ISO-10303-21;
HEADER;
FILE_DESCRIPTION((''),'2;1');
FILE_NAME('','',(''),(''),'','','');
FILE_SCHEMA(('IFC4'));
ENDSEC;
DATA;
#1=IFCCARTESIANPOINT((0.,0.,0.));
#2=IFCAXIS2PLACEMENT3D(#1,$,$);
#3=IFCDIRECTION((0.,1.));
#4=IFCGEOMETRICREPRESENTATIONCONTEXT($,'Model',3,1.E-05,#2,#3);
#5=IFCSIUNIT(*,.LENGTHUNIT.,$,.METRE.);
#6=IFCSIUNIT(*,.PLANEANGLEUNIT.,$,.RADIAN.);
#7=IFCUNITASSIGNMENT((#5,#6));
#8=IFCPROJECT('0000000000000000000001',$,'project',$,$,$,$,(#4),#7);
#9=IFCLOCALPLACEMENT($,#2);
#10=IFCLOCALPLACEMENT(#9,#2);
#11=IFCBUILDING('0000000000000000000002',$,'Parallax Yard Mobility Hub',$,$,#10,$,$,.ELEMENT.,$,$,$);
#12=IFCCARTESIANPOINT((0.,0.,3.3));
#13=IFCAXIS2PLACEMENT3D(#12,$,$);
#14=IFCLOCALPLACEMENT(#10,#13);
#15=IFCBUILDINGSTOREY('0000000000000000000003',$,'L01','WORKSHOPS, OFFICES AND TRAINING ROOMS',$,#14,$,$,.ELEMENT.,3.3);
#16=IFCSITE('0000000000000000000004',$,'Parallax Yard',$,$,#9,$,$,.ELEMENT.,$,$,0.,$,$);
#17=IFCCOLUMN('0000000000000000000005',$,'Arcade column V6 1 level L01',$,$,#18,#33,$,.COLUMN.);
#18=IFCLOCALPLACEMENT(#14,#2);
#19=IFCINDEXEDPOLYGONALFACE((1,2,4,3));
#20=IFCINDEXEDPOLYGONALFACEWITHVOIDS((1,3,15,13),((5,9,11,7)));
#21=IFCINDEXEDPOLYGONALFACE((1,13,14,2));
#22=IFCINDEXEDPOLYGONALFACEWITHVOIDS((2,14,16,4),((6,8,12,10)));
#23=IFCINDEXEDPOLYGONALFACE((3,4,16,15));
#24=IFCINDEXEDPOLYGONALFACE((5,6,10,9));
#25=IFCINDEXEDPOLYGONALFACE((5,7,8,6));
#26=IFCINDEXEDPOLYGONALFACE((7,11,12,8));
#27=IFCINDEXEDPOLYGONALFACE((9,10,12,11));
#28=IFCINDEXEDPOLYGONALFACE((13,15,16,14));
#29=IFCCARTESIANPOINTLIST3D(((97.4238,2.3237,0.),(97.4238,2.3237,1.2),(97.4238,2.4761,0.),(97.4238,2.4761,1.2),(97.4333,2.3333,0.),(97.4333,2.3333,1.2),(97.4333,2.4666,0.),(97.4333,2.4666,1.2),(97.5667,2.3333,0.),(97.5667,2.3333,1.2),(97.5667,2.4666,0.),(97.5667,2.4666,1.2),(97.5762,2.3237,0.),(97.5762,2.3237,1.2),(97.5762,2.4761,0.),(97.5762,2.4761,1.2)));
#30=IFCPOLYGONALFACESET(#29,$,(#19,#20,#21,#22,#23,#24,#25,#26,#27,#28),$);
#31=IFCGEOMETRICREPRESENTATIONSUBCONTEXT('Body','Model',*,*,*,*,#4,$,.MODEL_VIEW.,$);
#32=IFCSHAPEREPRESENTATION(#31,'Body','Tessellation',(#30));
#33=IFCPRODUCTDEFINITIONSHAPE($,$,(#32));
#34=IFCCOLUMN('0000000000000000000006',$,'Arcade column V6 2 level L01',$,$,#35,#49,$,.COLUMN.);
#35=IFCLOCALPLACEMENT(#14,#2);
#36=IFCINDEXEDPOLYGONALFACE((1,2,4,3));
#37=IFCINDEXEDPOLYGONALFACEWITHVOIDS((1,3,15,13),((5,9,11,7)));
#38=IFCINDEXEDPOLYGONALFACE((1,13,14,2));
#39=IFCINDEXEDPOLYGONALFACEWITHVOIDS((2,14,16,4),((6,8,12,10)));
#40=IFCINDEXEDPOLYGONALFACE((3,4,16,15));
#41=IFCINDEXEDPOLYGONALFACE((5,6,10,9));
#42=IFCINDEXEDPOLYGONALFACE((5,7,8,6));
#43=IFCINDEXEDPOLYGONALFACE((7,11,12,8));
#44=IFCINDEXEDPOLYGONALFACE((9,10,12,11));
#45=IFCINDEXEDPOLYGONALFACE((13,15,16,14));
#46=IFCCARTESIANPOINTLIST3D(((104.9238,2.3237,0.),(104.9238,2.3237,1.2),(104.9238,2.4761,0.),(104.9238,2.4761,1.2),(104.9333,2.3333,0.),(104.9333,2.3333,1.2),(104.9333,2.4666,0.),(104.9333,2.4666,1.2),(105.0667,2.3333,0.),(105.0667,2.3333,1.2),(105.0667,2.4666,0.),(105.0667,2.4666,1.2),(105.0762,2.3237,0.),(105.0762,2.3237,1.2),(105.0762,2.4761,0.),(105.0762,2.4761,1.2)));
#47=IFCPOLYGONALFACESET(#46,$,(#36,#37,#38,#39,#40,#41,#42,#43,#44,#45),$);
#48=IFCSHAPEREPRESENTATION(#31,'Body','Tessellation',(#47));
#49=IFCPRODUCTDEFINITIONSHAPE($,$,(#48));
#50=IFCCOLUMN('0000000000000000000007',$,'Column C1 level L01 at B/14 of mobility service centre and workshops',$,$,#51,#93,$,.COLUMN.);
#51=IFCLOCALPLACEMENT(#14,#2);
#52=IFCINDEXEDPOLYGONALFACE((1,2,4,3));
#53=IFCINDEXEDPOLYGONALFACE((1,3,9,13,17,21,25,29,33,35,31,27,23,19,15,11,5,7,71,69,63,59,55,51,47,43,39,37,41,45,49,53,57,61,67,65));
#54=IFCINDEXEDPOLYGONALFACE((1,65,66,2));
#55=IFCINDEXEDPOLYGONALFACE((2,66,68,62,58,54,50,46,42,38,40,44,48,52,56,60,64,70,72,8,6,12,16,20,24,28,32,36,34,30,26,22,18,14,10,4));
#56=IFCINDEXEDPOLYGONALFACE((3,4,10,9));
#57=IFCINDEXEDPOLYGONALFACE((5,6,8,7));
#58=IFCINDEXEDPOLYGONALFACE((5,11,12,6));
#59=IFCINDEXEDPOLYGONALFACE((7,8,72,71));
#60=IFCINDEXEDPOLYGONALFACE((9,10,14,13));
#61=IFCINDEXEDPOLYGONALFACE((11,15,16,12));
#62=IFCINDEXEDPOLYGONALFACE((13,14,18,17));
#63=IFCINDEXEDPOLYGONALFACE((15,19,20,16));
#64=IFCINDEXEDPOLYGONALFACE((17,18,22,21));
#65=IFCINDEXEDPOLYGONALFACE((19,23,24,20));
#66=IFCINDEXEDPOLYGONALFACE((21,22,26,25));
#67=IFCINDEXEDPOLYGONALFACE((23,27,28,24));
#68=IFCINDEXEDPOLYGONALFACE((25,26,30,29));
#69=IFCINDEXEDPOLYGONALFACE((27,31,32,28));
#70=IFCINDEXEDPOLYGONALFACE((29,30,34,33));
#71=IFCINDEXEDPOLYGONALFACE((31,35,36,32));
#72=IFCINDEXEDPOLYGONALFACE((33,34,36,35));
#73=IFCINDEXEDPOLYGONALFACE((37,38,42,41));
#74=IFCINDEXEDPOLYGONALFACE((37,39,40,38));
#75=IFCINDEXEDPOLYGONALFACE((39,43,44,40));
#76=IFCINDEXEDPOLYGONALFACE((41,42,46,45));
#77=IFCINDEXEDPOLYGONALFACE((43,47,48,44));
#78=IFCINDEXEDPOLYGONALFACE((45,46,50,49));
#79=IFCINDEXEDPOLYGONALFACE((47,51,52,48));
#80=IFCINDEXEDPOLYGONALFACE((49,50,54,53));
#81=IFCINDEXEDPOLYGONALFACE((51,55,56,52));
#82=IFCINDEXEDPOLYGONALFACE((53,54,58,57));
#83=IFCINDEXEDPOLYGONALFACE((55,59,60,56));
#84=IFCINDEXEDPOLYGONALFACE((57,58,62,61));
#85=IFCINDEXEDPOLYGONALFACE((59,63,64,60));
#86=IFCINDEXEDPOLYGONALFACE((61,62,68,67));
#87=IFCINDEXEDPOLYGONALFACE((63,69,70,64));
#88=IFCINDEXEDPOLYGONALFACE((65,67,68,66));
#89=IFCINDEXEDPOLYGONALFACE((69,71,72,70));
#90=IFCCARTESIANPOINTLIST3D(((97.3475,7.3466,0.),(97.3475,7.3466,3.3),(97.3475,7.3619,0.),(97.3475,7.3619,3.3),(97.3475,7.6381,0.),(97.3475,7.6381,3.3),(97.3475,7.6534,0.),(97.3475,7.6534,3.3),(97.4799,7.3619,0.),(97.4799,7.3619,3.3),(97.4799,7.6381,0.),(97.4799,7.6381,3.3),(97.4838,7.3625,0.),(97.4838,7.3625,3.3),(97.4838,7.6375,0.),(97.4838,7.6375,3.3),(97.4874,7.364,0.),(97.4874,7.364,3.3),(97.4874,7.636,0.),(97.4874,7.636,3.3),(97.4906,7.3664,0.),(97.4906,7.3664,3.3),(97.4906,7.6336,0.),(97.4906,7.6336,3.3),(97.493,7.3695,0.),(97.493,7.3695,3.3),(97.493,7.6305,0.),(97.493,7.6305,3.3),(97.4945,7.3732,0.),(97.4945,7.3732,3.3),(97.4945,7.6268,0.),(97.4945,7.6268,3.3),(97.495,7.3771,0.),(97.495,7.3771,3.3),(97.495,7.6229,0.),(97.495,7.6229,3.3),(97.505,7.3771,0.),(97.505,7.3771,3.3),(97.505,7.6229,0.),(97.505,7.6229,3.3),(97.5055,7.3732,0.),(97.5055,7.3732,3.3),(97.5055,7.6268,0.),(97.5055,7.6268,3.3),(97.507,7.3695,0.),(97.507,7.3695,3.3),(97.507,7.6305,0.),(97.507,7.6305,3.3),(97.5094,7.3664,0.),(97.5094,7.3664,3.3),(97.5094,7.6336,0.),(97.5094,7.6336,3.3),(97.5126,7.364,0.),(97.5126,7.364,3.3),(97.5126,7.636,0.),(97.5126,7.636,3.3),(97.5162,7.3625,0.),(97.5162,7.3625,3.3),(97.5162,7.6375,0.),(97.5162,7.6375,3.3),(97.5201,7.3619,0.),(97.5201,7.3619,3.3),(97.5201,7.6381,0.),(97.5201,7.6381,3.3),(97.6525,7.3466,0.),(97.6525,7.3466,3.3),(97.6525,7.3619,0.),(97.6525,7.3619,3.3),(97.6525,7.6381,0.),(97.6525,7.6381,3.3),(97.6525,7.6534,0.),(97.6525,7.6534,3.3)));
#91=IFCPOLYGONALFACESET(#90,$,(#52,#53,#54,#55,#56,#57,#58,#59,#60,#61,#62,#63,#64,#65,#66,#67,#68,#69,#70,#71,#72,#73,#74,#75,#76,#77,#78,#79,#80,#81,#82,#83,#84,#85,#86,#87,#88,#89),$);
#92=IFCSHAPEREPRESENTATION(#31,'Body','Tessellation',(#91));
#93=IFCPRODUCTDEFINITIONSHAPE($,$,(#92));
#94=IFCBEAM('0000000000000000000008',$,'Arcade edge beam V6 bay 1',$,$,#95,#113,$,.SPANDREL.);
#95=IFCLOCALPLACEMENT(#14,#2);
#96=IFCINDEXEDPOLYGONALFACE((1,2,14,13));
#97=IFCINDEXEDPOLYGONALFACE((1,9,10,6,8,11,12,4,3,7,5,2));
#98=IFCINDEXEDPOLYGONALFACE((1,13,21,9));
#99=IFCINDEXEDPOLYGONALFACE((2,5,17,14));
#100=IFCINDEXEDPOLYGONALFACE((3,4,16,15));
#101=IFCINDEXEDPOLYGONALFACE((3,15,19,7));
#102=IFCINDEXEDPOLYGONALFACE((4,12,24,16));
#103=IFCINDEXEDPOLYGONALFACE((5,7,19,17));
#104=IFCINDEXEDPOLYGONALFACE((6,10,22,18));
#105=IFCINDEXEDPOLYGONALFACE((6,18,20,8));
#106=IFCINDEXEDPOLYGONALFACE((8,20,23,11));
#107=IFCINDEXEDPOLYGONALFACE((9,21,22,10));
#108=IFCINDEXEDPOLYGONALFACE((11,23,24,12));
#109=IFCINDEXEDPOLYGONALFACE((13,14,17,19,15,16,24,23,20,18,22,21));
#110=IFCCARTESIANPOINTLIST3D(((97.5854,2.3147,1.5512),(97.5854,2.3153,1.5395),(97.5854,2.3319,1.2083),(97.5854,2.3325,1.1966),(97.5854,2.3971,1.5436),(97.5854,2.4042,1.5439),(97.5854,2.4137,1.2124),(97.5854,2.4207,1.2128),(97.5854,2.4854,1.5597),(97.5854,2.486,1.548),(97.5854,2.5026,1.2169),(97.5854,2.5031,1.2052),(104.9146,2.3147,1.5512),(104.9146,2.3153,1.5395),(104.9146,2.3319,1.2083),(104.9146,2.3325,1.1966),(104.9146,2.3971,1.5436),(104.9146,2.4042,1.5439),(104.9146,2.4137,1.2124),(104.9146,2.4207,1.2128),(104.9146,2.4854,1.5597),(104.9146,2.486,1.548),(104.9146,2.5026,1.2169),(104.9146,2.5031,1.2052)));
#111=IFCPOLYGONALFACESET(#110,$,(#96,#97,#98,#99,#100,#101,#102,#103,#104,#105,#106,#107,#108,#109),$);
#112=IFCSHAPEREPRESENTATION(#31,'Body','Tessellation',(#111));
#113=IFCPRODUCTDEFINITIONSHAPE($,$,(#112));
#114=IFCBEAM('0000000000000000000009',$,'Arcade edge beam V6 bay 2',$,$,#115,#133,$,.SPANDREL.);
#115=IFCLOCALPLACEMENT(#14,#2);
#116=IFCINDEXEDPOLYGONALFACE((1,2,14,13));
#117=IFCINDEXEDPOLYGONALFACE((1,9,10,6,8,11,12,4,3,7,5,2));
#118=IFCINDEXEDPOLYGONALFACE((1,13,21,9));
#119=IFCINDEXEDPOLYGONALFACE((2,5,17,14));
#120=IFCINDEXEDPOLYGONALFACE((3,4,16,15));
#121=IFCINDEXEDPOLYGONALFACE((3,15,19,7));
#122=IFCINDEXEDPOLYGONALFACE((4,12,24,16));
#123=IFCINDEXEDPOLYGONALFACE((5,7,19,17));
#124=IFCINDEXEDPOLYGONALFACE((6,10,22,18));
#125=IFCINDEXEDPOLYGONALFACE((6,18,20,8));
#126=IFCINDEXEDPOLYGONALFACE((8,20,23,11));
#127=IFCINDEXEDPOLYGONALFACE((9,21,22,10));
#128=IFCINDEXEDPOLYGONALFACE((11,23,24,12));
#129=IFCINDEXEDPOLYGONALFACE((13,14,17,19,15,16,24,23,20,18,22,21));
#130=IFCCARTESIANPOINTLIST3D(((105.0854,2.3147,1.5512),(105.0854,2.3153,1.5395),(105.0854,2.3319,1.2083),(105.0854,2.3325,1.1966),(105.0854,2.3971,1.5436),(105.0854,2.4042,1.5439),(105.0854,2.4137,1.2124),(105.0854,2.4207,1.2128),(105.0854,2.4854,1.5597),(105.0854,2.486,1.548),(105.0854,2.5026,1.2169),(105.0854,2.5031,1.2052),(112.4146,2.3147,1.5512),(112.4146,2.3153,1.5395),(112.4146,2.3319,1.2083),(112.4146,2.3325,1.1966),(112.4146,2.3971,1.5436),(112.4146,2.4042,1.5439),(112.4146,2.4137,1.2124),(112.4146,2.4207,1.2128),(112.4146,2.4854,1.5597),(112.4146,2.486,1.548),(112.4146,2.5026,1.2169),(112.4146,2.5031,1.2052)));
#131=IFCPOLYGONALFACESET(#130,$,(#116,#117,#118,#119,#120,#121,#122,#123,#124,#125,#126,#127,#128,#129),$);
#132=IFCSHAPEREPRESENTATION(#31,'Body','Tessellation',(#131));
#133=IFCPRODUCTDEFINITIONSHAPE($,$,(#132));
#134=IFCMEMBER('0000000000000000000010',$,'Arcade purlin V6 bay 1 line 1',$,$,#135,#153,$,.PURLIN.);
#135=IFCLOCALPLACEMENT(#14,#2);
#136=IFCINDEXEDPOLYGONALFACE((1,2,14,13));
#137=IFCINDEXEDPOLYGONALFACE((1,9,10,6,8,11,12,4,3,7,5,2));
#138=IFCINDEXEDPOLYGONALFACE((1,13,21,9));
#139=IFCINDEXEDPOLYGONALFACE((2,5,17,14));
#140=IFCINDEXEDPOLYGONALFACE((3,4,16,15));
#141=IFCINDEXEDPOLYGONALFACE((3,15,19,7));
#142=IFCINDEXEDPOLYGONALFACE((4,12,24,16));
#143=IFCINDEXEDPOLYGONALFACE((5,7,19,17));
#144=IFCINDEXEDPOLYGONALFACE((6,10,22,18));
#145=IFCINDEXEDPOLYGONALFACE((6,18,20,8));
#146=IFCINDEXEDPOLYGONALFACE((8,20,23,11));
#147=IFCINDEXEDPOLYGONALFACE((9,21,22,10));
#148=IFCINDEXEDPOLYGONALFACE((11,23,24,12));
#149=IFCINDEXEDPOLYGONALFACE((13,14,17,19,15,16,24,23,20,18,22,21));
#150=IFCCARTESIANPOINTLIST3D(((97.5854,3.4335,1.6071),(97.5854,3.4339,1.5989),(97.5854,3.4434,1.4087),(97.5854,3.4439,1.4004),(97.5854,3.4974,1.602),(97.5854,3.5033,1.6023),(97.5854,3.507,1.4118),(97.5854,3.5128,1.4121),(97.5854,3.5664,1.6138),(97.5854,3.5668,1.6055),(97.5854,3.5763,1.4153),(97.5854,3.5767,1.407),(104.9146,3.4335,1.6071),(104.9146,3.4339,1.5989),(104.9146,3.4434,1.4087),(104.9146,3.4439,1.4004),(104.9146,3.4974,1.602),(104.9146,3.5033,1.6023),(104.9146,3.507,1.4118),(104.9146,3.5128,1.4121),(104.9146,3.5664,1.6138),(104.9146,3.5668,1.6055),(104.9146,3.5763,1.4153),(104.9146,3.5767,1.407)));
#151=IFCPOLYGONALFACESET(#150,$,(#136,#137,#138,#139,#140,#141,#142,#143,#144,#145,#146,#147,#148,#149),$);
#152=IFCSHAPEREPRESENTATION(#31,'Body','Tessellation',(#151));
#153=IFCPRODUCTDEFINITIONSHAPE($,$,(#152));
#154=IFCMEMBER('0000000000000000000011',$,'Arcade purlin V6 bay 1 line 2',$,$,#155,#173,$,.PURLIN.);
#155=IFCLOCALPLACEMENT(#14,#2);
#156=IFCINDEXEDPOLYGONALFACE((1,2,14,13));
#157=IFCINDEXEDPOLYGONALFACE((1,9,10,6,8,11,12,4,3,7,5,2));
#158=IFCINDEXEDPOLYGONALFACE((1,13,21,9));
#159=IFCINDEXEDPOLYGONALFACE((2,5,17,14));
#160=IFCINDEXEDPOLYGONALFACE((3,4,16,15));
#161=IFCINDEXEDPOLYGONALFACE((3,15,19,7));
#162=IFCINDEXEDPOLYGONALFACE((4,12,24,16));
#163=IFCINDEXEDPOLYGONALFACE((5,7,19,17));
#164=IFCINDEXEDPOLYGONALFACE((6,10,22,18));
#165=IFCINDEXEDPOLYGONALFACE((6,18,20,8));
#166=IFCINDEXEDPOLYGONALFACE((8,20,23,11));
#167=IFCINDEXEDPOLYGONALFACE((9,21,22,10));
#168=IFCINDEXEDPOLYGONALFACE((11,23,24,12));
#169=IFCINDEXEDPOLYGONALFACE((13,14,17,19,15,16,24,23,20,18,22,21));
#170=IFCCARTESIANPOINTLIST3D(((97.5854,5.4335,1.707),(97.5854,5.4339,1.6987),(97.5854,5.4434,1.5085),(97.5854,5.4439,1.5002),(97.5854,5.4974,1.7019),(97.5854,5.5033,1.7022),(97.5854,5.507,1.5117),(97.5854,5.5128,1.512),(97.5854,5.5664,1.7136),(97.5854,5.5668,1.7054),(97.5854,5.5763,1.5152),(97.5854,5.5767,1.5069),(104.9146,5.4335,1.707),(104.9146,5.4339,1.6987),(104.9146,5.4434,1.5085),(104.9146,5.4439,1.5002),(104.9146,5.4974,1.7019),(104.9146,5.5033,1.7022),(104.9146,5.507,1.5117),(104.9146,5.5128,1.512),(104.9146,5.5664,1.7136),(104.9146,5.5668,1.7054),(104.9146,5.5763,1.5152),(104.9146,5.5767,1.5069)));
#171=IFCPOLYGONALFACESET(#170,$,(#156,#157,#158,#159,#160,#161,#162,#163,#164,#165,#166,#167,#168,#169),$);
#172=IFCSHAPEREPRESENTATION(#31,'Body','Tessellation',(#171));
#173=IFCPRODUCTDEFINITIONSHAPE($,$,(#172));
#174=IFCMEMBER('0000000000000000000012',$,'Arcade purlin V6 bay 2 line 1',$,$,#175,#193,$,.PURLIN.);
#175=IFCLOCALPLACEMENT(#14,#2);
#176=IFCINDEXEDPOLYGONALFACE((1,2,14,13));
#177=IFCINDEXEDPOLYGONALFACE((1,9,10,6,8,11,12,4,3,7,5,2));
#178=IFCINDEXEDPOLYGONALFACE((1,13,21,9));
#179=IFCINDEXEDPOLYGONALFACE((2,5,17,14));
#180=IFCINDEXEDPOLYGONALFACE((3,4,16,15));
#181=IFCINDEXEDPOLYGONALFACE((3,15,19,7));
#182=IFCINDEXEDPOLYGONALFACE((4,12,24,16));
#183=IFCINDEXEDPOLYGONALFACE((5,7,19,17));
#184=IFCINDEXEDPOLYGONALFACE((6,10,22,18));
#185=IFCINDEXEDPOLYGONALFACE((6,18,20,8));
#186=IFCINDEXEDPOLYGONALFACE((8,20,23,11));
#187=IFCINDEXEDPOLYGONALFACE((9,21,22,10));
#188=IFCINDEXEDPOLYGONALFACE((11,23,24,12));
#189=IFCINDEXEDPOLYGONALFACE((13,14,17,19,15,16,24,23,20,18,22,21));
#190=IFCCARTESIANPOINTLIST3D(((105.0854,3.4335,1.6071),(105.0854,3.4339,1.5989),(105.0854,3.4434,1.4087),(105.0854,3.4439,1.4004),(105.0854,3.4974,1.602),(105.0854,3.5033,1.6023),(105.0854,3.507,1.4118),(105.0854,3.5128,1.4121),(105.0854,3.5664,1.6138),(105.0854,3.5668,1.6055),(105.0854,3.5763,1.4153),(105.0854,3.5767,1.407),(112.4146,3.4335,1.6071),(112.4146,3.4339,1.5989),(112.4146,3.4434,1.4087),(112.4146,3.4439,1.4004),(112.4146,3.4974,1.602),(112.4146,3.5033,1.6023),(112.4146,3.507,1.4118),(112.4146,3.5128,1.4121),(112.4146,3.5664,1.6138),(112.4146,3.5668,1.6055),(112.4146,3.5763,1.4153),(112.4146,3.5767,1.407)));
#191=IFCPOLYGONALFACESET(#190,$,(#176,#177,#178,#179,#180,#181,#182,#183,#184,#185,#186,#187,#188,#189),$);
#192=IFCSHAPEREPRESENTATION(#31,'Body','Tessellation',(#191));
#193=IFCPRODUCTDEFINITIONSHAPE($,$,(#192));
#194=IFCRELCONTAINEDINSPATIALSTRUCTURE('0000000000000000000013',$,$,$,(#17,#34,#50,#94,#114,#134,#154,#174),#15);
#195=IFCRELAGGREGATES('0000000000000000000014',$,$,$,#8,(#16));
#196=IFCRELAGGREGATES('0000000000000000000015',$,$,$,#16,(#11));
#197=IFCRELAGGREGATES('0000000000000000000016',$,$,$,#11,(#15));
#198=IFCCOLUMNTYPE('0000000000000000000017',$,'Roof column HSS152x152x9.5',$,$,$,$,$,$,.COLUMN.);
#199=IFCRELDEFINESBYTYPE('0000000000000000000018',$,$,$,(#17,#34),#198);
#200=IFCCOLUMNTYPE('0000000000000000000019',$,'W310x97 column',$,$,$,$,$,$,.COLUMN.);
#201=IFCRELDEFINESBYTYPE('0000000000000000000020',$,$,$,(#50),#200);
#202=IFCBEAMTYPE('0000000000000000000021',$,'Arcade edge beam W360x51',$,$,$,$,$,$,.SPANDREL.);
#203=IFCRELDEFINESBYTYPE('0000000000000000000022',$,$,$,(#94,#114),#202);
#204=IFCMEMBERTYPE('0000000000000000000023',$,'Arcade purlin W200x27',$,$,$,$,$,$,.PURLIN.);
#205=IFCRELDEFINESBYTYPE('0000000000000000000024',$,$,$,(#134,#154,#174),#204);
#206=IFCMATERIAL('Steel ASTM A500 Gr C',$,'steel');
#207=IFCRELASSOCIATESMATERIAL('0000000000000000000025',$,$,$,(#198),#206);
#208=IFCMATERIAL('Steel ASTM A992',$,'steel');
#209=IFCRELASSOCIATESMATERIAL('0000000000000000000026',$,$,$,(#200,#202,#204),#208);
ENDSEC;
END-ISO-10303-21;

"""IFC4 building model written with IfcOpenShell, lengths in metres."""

from ifc_helpers import new_model, si_unit, direction, frame, origin, origin_2d, place, context, subcontext, project, spatial, hollow_rectangle, i_section, extrude, material, material_profile, profile_set, type_object, element, save


model = new_model("IFC4")

# Units and contexts
model_context = context("Model", 3, precision=1e-05, world=origin(), true_north=direction((0.0, 1.0)))
body_context = subcontext(model_context, "Body", "Model", "MODEL_VIEW")
ifc_project = project(units=[si_unit("LENGTHUNIT", "METRE"), si_unit("PLANEANGLEUNIT", "RADIAN")], contexts=[model_context])

# Site, building, storey
site_placement = place(None, origin())
site = spatial("IfcSite", under=ifc_project, at=site_placement, Name="Parallax Yard", CompositionType="ELEMENT", RefElevation=0.0)
building_placement = place(site_placement, origin())
building = spatial("IfcBuilding", under=site, at=building_placement, Name="Parallax Yard Mobility Hub", CompositionType="ELEMENT")
storey_placement = place(building_placement, frame((0.0, 0.0, 3.3)))
storey = spatial("IfcBuildingStorey", under=building, at=storey_placement, Name="L01", Description="WORKSHOPS, OFFICES AND TRAINING ROOMS", CompositionType="ELEMENT", Elevation=3.3)

# Columns
ifc_material_1 = material(Name="Steel ASTM A500 Gr C", Category="steel")
ifc_material_profile_1 = material_profile(ifc_material_1, hollow_rectangle(XDim=0.1523, YDim=0.1523, WallThickness=0.0095, at=origin_2d()), Name="HSS152x152x9.5")
ifc_profile_set_1 = profile_set([ifc_material_profile_1], Name="Steel ASTM A500 Gr C")
column_type_1 = type_object("IfcColumnType", Name="Roof column HSS152x152x9.5", PredefinedType="COLUMN", material=ifc_profile_set_1)
for number, where, z_axis, x_axis, name in (
    (1, (97.5, 2.3999, 0.0), (0.0, 0.0, 1.0), (1.0, 0.0, 0.0), "Arcade column V6 1 level L01"),
    (2, (105.0, 2.3999, 0.0), (0.0, 0.0, 1.0), (1.0, 0.0, 0.0), "Arcade column V6 2 level L01"),
):
    element("IfcColumn", number, at=place(storey_placement, frame(where, z_axis=z_axis, x_axis=x_axis)), inside=storey, type_object=column_type_1, Name=name, PredefinedType="COLUMN", context=body_context, shape_type="SweptSolid", body=[
        extrude(hollow_rectangle(XDim=0.1523, YDim=0.1523, WallThickness=0.0095, at=origin_2d()), origin(), (0.0, 0.0, 1.0), 1.2),
    ])
ifc_material_2 = material(Name="Steel ASTM A992", Category="steel")
ifc_material_profile_2 = material_profile(ifc_material_2, i_section(OverallWidth=0.3049, OverallDepth=0.3069, WebThickness=0.01, FlangeThickness=0.0154, FilletRadius=0.0151, at=origin_2d()), Name="W310x97")
ifc_profile_set_2 = profile_set([ifc_material_profile_2], Name="Steel ASTM A992")
column_type_2 = type_object("IfcColumnType", Name="W310x97 column", PredefinedType="COLUMN", material=ifc_profile_set_2)
column_placement = place(storey_placement, frame((97.5, 7.5, 0.0), z_axis=(0.0, 0.0, 1.0), x_axis=(1.0, 0.0, 0.0)))
element("IfcColumn", 3, at=column_placement, inside=storey, type_object=column_type_2, Name="Column C1 level L01 at B/14 of mobility service centre and workshops", PredefinedType="COLUMN", context=body_context, shape_type="SweptSolid", body=[
    extrude(i_section(OverallWidth=0.3049, OverallDepth=0.3069, WebThickness=0.01, FlangeThickness=0.0154, FilletRadius=0.0151, at=origin_2d()), origin(), (0.0, 0.0, 1.0), 3.3),
])

# Beams
ifc_material_profile_3 = material_profile(ifc_material_2, i_section(OverallWidth=0.1709, OverallDepth=0.355, WebThickness=0.0071, FlangeThickness=0.0117, at=origin_2d()), Name="W360x51")
ifc_profile_set_3 = profile_set([ifc_material_profile_3], Name="Steel ASTM A992")
beam_type_1 = type_object("IfcBeamType", Name="Arcade edge beam W360x51", PredefinedType="SPANDREL", material=ifc_profile_set_3)
for number, where, z_axis, x_axis, name in (
    (4, (97.5854, 2.4089, 1.3782), (1.0, 0.0, 0.0), (0.0, 0.998752, 0.049938), "Arcade edge beam V6 bay 1"),
    (5, (105.0854, 2.4089, 1.3782), (1.0, 0.0, 0.0), (0.0, 0.998752, 0.049938), "Arcade edge beam V6 bay 2"),
):
    element("IfcBeam", number, at=place(storey_placement, frame(where, z_axis=z_axis, x_axis=x_axis)), inside=storey, type_object=beam_type_1, Name=name, PredefinedType="SPANDREL", context=body_context, shape_type="SweptSolid", body=[
        extrude(i_section(OverallWidth=0.1709, OverallDepth=0.355, WebThickness=0.0071, FlangeThickness=0.0117, at=origin_2d()), origin(), (0.0, 0.0, 1.0), 7.3291),
    ])

# Members
ifc_material_profile_4 = material_profile(ifc_material_2, i_section(OverallWidth=0.1331, OverallDepth=0.207, WebThickness=0.0059, FlangeThickness=0.0083, at=origin_2d()), Name="W200x27")
ifc_profile_set_4 = profile_set([ifc_material_profile_4], Name="Steel ASTM A992")
member_type_1 = type_object("IfcMemberType", Name="Arcade purlin W200x27", PredefinedType="PURLIN", material=ifc_profile_set_4)
for number, where, z_axis, x_axis, name in (
    (6, (97.5854, 3.5051, 1.5071), (1.0, 0.0, 0.0), (0.0, 0.998752, 0.049938), "Arcade purlin V6 bay 1 line 1"),
    (7, (97.5854, 5.5051, 1.6069), (1.0, 0.0, 0.0), (0.0, 0.998752, 0.049938), "Arcade purlin V6 bay 1 line 2"),
    (8, (105.0854, 3.5051, 1.5071), (1.0, 0.0, 0.0), (0.0, 0.998752, 0.049938), "Arcade purlin V6 bay 2 line 1"),
):
    element("IfcMember", number, at=place(storey_placement, frame(where, z_axis=z_axis, x_axis=x_axis)), inside=storey, type_object=member_type_1, Name=name, PredefinedType="PURLIN", context=body_context, shape_type="SweptSolid", body=[
        extrude(i_section(OverallWidth=0.1331, OverallDepth=0.207, WebThickness=0.0059, FlangeThickness=0.0083, at=origin_2d()), origin(), (0.0, 0.0, 1.0), 7.3291),
    ])

save(model, "model.ifc")
